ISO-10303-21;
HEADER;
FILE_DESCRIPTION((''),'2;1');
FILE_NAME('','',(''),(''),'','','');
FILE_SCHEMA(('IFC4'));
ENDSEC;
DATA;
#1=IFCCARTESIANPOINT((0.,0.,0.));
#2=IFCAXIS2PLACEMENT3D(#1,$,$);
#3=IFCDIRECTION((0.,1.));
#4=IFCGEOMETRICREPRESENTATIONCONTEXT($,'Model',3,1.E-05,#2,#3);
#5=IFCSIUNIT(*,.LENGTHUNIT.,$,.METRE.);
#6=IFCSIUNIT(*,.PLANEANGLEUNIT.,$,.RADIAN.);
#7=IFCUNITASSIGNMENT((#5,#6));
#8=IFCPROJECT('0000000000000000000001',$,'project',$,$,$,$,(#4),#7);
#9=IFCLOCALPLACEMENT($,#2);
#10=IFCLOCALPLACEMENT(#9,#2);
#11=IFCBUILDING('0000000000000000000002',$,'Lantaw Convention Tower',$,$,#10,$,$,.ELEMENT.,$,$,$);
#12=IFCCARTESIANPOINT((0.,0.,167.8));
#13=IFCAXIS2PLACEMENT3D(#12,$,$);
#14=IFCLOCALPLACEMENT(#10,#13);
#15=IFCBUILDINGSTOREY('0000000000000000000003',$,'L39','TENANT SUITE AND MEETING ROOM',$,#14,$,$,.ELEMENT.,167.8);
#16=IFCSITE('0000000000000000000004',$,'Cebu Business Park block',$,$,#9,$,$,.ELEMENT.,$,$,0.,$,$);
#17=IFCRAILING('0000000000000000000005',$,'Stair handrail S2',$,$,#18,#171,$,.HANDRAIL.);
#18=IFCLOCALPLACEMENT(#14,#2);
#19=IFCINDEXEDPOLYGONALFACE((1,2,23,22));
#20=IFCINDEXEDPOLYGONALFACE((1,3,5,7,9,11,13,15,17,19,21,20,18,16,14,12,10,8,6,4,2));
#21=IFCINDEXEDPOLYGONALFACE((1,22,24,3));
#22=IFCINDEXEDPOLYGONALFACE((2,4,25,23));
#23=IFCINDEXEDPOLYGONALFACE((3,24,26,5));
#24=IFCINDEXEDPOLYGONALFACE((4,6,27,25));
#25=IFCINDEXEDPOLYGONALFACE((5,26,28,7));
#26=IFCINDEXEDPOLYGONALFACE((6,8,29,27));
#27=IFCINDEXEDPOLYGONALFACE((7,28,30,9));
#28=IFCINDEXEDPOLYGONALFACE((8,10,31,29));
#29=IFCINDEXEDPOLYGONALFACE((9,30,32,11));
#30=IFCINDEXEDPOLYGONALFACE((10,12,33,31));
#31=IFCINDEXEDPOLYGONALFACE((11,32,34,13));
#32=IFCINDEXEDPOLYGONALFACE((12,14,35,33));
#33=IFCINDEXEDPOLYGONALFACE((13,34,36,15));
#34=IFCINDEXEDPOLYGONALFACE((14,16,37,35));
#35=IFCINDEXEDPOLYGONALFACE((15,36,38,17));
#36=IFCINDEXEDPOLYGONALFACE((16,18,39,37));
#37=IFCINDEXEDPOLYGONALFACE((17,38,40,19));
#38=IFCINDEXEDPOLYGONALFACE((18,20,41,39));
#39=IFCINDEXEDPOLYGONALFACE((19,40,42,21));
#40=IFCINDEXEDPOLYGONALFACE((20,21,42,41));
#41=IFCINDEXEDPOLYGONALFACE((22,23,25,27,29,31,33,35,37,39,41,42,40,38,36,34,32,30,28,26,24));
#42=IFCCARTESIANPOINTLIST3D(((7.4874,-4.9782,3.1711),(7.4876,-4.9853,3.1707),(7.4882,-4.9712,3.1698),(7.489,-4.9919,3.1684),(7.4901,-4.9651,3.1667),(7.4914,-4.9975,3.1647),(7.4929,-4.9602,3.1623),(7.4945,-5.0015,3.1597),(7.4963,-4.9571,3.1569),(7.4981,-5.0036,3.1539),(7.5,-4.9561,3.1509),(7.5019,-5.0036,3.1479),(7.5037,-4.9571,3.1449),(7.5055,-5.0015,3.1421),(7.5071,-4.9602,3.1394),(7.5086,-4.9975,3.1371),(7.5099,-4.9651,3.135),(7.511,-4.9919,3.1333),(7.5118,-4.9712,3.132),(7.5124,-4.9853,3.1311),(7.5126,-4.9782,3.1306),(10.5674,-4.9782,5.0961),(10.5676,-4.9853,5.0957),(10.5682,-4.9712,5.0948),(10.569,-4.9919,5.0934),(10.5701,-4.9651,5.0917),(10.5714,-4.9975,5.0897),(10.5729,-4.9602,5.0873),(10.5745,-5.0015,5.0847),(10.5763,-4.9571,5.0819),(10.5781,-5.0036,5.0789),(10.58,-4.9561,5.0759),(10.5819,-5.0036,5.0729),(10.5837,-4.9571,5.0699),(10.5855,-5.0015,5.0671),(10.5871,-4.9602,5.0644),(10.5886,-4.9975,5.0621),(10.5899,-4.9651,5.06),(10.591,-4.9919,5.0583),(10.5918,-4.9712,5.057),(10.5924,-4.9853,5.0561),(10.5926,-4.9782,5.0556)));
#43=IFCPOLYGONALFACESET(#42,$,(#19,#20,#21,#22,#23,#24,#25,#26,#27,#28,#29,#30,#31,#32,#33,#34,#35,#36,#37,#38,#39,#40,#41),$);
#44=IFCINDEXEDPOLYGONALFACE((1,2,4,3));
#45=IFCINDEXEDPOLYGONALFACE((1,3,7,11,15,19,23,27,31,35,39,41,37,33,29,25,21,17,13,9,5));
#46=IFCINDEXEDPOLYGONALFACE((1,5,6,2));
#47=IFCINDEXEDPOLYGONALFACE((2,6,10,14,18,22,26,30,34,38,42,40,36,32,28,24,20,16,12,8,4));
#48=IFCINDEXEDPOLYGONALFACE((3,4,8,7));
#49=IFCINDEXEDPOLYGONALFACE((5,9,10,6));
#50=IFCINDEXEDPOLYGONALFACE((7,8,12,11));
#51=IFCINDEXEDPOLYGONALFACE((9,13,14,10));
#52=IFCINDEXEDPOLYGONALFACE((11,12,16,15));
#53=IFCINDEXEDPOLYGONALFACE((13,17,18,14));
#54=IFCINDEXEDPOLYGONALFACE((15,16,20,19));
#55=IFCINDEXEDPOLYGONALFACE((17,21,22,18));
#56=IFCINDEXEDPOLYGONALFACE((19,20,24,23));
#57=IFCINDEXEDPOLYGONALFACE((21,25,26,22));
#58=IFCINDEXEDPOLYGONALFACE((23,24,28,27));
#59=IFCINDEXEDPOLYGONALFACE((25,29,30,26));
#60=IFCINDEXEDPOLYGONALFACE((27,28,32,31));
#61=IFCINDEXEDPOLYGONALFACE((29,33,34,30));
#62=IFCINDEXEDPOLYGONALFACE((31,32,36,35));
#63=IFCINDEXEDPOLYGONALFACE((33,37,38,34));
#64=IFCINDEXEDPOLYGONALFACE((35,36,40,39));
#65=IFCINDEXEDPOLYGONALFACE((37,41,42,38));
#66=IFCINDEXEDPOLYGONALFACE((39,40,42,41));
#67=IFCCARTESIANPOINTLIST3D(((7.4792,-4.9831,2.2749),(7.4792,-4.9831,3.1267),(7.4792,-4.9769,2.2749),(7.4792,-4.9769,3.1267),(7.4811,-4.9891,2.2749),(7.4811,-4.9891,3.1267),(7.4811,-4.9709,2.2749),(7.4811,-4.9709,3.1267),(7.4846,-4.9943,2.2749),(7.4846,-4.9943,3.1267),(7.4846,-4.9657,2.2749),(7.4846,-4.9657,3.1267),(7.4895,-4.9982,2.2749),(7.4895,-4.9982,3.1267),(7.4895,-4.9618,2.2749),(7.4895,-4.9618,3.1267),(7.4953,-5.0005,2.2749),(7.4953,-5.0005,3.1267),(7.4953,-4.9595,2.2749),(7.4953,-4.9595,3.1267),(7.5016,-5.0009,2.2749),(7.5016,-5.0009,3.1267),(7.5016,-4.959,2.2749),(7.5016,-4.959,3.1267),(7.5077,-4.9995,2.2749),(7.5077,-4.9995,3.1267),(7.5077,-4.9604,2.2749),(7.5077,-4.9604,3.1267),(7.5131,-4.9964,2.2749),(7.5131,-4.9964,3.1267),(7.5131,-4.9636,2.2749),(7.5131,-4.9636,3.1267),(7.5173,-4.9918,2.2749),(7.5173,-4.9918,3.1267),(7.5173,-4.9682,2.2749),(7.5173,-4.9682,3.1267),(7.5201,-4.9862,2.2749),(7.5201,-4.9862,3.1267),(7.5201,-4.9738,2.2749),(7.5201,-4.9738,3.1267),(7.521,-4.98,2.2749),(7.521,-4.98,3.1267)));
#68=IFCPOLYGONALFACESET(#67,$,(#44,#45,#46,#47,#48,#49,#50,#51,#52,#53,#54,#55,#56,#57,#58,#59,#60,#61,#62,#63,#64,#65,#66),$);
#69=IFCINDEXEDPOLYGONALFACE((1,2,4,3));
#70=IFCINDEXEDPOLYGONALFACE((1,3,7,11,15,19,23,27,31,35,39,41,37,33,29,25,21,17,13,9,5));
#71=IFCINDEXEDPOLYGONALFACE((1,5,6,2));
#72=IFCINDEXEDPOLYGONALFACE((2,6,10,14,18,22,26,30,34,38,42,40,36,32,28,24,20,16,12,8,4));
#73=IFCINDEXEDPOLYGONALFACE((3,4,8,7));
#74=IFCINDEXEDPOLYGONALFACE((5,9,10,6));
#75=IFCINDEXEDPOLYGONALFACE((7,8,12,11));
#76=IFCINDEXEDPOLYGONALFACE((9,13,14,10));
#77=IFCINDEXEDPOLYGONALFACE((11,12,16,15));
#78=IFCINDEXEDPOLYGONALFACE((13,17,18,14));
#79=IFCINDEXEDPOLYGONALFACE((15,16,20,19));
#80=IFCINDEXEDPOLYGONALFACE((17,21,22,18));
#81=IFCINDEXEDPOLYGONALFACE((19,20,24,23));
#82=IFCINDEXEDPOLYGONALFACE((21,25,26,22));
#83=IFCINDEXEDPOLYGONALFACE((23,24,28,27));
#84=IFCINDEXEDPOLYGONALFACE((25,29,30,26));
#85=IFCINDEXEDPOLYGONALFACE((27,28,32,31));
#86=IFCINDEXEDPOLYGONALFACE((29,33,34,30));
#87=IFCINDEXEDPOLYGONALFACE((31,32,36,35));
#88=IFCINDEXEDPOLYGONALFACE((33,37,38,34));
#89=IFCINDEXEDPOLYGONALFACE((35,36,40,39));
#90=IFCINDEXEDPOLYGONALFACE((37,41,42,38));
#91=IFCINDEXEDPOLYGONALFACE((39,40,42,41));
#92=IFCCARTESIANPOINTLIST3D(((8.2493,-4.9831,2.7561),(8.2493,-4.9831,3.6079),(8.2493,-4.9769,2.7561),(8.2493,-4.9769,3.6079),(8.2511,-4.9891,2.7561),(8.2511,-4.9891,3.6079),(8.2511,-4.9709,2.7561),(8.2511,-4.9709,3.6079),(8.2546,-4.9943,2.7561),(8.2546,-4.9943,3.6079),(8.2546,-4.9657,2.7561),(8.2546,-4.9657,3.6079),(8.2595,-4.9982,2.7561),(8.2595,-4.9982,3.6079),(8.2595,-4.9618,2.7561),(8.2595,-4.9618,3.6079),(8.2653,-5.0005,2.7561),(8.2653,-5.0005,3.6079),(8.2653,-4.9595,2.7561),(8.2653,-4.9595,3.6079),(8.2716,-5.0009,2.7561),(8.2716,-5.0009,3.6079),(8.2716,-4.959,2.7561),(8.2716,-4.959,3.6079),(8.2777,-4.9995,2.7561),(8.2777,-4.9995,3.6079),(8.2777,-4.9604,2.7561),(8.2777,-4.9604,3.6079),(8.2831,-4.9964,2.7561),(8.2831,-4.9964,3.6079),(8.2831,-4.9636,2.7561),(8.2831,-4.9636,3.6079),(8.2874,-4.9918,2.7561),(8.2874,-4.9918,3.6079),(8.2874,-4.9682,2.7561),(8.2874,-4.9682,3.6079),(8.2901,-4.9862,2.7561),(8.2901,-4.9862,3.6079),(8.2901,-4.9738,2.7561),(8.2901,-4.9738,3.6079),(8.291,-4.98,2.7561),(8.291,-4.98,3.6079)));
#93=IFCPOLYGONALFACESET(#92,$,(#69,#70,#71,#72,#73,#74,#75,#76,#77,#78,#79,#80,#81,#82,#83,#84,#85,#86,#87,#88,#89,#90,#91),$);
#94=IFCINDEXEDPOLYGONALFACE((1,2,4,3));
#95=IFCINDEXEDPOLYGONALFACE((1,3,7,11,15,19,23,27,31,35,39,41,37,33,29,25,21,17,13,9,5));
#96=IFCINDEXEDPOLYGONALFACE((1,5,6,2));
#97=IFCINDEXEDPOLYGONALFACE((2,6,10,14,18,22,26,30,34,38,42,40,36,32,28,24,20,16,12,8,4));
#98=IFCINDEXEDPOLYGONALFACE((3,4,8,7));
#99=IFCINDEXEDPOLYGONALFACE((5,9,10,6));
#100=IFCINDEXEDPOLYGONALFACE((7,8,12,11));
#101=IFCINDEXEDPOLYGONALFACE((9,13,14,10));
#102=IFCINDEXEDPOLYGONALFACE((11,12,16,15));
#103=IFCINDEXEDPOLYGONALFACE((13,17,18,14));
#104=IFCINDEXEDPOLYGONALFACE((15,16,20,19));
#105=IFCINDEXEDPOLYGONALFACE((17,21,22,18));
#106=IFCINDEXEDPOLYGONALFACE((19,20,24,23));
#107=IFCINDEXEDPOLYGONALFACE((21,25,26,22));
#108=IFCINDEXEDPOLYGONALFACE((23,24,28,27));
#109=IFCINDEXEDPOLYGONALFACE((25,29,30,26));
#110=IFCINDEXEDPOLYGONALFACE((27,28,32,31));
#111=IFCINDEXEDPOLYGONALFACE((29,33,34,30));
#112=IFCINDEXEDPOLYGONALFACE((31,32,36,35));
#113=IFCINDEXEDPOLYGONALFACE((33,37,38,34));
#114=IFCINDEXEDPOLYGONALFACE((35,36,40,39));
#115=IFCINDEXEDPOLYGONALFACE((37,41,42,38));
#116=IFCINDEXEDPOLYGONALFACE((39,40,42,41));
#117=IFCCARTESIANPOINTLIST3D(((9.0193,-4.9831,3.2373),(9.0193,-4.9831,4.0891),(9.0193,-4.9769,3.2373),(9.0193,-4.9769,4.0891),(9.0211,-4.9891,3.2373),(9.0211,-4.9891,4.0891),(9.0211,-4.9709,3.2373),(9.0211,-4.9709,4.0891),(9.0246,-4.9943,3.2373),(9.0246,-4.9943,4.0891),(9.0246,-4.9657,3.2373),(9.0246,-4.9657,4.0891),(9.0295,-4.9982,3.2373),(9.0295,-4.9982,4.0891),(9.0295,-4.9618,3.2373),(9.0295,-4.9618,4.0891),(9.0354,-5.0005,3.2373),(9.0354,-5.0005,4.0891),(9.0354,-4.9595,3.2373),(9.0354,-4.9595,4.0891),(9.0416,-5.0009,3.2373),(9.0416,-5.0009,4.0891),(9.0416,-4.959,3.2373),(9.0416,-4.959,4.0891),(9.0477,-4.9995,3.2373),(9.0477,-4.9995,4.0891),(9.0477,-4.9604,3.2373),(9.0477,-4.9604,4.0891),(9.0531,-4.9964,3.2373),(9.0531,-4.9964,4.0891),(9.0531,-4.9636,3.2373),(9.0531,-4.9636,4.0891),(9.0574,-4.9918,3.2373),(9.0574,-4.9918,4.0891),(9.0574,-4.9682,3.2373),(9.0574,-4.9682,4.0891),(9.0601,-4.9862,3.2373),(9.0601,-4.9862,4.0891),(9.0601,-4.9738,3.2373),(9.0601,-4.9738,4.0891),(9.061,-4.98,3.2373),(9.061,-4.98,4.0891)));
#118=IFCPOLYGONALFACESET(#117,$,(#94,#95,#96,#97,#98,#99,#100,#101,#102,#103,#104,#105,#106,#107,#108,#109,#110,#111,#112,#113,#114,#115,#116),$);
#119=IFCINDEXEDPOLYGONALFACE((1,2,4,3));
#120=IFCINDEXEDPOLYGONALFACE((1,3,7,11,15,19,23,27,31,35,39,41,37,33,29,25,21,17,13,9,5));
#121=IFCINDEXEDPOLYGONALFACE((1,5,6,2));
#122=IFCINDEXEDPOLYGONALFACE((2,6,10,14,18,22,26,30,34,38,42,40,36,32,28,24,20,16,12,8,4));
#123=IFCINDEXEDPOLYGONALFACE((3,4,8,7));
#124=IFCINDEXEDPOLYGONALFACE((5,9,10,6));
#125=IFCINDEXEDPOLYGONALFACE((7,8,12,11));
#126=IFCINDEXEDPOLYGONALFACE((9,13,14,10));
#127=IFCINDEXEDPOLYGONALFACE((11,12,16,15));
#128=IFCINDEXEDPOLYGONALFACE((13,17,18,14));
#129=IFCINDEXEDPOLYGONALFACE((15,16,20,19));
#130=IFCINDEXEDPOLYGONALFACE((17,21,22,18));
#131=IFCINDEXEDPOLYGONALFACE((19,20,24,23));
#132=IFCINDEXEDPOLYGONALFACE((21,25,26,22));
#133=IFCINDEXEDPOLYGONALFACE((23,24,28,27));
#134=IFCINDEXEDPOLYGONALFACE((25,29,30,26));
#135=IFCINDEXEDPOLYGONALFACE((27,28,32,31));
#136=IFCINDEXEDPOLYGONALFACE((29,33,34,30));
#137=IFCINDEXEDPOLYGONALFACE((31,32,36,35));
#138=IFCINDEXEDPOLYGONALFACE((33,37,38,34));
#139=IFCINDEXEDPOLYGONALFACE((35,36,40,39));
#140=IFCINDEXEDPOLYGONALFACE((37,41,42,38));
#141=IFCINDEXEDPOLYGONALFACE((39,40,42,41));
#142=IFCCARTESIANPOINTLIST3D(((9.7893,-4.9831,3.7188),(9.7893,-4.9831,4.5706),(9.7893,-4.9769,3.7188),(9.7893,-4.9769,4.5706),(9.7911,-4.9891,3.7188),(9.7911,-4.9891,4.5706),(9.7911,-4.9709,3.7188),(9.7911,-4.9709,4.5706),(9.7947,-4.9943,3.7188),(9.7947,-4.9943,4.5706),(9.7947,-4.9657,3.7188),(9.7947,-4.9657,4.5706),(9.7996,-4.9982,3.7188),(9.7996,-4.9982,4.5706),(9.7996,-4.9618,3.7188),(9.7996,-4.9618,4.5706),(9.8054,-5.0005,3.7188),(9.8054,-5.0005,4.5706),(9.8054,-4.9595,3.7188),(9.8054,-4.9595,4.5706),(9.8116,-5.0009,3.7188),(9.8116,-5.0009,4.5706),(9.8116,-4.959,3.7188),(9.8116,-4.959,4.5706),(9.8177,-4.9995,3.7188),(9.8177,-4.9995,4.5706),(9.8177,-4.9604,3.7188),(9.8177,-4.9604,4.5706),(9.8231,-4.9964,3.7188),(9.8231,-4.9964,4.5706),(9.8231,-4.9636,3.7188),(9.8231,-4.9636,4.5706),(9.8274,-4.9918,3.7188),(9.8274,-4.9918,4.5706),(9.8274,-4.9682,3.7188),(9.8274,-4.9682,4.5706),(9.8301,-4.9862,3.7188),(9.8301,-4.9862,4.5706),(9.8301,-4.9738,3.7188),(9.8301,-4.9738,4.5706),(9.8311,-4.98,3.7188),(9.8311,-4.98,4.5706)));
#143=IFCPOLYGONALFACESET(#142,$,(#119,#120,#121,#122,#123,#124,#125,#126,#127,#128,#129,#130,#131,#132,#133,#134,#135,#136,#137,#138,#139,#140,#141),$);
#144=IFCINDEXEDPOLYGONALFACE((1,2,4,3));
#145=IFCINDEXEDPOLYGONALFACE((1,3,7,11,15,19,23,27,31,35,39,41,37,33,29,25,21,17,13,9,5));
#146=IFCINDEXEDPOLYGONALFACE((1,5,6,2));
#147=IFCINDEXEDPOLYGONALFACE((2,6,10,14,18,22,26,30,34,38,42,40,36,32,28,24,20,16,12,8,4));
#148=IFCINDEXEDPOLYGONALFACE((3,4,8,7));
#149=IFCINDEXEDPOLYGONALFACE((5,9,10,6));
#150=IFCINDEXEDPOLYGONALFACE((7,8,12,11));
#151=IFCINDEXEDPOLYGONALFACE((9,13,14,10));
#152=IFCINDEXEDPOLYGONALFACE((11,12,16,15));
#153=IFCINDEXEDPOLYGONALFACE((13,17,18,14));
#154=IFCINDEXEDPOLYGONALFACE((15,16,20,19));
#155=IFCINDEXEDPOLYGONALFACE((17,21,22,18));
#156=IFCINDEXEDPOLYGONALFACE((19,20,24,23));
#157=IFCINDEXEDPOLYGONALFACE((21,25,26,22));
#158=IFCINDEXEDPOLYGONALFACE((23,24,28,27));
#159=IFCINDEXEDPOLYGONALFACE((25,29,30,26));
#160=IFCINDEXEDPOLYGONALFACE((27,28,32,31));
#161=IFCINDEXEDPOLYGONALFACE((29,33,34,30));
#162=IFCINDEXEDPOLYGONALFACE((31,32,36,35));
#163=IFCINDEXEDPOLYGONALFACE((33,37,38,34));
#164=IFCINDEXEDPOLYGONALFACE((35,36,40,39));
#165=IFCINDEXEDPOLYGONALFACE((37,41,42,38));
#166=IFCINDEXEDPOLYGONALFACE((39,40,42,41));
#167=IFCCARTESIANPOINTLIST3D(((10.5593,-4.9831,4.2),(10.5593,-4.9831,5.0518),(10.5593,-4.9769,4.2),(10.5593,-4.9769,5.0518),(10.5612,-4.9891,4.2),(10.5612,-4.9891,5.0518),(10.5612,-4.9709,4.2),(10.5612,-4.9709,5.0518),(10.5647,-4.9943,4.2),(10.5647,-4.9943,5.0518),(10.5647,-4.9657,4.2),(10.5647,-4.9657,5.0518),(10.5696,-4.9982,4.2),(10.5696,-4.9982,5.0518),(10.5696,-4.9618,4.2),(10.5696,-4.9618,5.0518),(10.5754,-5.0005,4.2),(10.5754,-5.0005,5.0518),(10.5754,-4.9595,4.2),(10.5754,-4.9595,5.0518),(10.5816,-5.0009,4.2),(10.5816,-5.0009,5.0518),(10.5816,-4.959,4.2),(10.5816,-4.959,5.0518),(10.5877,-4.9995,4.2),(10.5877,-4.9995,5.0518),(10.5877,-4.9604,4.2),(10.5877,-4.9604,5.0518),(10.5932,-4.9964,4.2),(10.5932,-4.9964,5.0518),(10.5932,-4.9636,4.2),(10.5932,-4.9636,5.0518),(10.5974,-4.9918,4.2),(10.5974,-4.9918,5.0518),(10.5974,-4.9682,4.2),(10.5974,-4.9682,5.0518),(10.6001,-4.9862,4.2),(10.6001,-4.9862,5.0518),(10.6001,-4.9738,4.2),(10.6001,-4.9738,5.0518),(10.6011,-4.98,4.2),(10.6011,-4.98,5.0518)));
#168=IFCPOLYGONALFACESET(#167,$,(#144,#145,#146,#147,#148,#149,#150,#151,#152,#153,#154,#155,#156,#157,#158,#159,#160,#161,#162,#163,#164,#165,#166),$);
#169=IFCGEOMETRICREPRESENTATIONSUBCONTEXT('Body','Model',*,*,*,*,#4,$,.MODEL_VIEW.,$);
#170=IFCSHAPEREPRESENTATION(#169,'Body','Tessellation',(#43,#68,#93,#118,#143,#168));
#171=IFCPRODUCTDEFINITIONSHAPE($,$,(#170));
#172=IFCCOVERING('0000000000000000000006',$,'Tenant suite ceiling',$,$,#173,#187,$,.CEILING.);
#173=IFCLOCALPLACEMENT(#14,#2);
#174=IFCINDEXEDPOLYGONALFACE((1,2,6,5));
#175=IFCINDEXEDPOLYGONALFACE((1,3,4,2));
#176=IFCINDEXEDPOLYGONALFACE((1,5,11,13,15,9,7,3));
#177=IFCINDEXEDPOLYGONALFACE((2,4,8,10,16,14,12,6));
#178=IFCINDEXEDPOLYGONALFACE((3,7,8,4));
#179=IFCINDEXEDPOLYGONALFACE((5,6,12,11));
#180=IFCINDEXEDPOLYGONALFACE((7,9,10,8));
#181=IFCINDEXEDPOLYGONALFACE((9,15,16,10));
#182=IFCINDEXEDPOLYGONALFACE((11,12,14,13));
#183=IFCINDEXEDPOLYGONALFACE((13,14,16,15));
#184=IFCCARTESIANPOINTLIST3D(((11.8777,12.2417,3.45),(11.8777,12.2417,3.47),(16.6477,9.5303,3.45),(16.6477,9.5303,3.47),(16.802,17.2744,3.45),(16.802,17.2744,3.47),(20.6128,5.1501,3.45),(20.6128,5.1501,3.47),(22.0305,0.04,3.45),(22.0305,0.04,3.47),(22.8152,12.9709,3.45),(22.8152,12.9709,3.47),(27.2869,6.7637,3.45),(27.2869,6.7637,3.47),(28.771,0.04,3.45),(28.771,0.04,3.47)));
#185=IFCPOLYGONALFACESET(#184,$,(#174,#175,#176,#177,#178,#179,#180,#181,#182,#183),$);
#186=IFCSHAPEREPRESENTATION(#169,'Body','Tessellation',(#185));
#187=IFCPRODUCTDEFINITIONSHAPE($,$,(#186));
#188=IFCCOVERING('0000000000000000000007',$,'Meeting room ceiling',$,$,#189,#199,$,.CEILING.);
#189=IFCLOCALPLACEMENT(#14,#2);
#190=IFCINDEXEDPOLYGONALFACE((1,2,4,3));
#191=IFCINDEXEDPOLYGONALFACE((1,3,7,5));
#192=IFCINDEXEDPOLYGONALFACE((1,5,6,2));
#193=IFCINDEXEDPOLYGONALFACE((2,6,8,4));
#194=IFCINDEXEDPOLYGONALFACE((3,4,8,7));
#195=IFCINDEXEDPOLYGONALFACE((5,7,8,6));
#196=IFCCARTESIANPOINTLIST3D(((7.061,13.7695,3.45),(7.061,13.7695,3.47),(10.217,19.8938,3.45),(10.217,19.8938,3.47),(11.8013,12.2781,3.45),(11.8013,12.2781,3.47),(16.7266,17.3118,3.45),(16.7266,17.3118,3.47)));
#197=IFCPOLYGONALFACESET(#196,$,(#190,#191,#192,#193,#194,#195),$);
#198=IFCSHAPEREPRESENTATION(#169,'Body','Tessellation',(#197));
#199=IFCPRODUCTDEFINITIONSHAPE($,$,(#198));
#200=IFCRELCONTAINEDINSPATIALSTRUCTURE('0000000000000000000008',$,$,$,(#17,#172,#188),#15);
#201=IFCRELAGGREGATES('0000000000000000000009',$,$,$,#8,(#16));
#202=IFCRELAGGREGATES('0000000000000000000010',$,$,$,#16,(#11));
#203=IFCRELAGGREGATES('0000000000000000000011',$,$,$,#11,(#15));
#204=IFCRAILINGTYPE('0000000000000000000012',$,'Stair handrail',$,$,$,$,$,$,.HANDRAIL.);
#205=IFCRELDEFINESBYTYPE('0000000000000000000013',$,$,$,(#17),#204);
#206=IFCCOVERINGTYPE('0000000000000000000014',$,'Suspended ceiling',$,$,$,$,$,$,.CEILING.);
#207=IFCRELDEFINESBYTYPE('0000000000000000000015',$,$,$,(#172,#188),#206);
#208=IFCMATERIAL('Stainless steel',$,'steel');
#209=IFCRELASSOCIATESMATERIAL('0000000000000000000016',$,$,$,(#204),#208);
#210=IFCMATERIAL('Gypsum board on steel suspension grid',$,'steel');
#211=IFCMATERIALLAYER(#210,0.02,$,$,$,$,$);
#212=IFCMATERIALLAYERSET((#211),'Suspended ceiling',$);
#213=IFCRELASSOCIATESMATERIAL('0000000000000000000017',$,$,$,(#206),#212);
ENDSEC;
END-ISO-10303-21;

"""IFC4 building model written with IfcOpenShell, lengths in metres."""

from ifc_helpers import new_model, si_unit, direction, frame, origin, origin_2d, place, context, subcontext, project, spatial, polyline, circle, outline, extrude, material, layer, layer_set, type_object, element, save


model = new_model("IFC4")

# Units and contexts
model_context = context("Model", 3, precision=1e-05, world=origin(), true_north=direction((0.0, 1.0)))
body_context = subcontext(model_context, "Body", "Model", "MODEL_VIEW")
ifc_project = project(units=[si_unit("LENGTHUNIT", "METRE"), si_unit("PLANEANGLEUNIT", "RADIAN")], contexts=[model_context])

# Site, building, storey
site_placement = place(None, origin())
site = spatial("IfcSite", under=ifc_project, at=site_placement, Name="Cebu Business Park block", CompositionType="ELEMENT", RefElevation=0.0)
building_placement = place(site_placement, origin())
building = spatial("IfcBuilding", under=site, at=building_placement, Name="Lantaw Convention Tower", CompositionType="ELEMENT")
storey_placement = place(building_placement, frame((0.0, 0.0, 167.8)))
storey = spatial("IfcBuildingStorey", under=building, at=storey_placement, Name="L39", Description="TENANT SUITE AND MEETING ROOM", CompositionType="ELEMENT", Elevation=167.8)

# Railing
ifc_material_1 = material(Name="Stainless steel", Category="steel")
railing_type = type_object("IfcRailingType", Name="Stair handrail", PredefinedType="HANDRAIL", material=ifc_material_1)
railing_1_placement = place(storey_placement, frame((7.5, -4.98, 2.2749)))
element("IfcRailing", 1, at=railing_1_placement, inside=storey, type_object=railing_type, Name="Stair handrail S2", PredefinedType="HANDRAIL", context=body_context, shape_type="SweptSolid", body=[
    extrude(circle(Radius=0.0239, at=origin_2d()), frame((0.0, 0.0, 0.876), z_axis=(0.847998, 0.0, 0.529999), x_axis=(0.0, 1.0, 0.0)), (0.0, 0.0, 1.0), 3.6321),
    extrude(circle(Radius=0.021, at=origin_2d()), origin(), (0.0, 0.0, 1.0), 0.8518),
    extrude(circle(Radius=0.021, at=origin_2d()), frame((0.77, 0.0, 0.4812)), (0.0, 0.0, 1.0), 0.8518),
    extrude(circle(Radius=0.021, at=origin_2d()), frame((1.54, 0.0, 0.9624)), (0.0, 0.0, 1.0), 0.8518),
    extrude(circle(Radius=0.021, at=origin_2d()), frame((2.3101, 0.0, 1.4438)), (0.0, 0.0, 1.0), 0.8518),
    extrude(circle(Radius=0.021, at=origin_2d()), frame((3.0801, 0.0, 1.925)), (0.0, 0.0, 1.0), 0.8518),
])

# Coverings
ifc_material_2 = material(Name="Gypsum board on steel suspension grid", Category="steel")
ifc_layer_1 = layer(ifc_material_2, 0.02)
ifc_layer_set_1 = layer_set([ifc_layer_1], Name="Suspended ceiling")
covering_type = type_object("IfcCoveringType", Name="Suspended ceiling", PredefinedType="CEILING", material=ifc_layer_set_1)
covering_1_placement = place(storey_placement, frame((0.0, 0.0, 3.45)))
element("IfcCovering", 2, at=covering_1_placement, inside=storey, type_object=covering_type, Name="Tenant suite ceiling", PredefinedType="CEILING", context=body_context, shape_type="SweptSolid", body=[
    extrude(outline(polyline([(22.0305, 0.04), (28.771, 0.04), (27.2869, 6.7637), (22.8152, 12.9709), (16.802, 17.2744), (11.8777, 12.2417), (16.6477, 9.5303), (20.6128, 5.1501), (22.0305, 0.04)])), origin(), (0.0, 0.0, 1.0), 0.02),
])
covering_2_placement = place(storey_placement, frame((0.0, 0.0, 3.45)))
element("IfcCovering", 3, at=covering_2_placement, inside=storey, type_object=covering_type, Name="Meeting room ceiling", PredefinedType="CEILING", context=body_context, shape_type="SweptSolid", body=[
    extrude(outline(polyline([(11.8013, 12.2781), (16.7266, 17.3118), (10.217, 19.8938), (7.061, 13.7695), (11.8013, 12.2781)])), origin(), (0.0, 0.0, 1.0), 0.02),
])

save(model, "model.ifc")
